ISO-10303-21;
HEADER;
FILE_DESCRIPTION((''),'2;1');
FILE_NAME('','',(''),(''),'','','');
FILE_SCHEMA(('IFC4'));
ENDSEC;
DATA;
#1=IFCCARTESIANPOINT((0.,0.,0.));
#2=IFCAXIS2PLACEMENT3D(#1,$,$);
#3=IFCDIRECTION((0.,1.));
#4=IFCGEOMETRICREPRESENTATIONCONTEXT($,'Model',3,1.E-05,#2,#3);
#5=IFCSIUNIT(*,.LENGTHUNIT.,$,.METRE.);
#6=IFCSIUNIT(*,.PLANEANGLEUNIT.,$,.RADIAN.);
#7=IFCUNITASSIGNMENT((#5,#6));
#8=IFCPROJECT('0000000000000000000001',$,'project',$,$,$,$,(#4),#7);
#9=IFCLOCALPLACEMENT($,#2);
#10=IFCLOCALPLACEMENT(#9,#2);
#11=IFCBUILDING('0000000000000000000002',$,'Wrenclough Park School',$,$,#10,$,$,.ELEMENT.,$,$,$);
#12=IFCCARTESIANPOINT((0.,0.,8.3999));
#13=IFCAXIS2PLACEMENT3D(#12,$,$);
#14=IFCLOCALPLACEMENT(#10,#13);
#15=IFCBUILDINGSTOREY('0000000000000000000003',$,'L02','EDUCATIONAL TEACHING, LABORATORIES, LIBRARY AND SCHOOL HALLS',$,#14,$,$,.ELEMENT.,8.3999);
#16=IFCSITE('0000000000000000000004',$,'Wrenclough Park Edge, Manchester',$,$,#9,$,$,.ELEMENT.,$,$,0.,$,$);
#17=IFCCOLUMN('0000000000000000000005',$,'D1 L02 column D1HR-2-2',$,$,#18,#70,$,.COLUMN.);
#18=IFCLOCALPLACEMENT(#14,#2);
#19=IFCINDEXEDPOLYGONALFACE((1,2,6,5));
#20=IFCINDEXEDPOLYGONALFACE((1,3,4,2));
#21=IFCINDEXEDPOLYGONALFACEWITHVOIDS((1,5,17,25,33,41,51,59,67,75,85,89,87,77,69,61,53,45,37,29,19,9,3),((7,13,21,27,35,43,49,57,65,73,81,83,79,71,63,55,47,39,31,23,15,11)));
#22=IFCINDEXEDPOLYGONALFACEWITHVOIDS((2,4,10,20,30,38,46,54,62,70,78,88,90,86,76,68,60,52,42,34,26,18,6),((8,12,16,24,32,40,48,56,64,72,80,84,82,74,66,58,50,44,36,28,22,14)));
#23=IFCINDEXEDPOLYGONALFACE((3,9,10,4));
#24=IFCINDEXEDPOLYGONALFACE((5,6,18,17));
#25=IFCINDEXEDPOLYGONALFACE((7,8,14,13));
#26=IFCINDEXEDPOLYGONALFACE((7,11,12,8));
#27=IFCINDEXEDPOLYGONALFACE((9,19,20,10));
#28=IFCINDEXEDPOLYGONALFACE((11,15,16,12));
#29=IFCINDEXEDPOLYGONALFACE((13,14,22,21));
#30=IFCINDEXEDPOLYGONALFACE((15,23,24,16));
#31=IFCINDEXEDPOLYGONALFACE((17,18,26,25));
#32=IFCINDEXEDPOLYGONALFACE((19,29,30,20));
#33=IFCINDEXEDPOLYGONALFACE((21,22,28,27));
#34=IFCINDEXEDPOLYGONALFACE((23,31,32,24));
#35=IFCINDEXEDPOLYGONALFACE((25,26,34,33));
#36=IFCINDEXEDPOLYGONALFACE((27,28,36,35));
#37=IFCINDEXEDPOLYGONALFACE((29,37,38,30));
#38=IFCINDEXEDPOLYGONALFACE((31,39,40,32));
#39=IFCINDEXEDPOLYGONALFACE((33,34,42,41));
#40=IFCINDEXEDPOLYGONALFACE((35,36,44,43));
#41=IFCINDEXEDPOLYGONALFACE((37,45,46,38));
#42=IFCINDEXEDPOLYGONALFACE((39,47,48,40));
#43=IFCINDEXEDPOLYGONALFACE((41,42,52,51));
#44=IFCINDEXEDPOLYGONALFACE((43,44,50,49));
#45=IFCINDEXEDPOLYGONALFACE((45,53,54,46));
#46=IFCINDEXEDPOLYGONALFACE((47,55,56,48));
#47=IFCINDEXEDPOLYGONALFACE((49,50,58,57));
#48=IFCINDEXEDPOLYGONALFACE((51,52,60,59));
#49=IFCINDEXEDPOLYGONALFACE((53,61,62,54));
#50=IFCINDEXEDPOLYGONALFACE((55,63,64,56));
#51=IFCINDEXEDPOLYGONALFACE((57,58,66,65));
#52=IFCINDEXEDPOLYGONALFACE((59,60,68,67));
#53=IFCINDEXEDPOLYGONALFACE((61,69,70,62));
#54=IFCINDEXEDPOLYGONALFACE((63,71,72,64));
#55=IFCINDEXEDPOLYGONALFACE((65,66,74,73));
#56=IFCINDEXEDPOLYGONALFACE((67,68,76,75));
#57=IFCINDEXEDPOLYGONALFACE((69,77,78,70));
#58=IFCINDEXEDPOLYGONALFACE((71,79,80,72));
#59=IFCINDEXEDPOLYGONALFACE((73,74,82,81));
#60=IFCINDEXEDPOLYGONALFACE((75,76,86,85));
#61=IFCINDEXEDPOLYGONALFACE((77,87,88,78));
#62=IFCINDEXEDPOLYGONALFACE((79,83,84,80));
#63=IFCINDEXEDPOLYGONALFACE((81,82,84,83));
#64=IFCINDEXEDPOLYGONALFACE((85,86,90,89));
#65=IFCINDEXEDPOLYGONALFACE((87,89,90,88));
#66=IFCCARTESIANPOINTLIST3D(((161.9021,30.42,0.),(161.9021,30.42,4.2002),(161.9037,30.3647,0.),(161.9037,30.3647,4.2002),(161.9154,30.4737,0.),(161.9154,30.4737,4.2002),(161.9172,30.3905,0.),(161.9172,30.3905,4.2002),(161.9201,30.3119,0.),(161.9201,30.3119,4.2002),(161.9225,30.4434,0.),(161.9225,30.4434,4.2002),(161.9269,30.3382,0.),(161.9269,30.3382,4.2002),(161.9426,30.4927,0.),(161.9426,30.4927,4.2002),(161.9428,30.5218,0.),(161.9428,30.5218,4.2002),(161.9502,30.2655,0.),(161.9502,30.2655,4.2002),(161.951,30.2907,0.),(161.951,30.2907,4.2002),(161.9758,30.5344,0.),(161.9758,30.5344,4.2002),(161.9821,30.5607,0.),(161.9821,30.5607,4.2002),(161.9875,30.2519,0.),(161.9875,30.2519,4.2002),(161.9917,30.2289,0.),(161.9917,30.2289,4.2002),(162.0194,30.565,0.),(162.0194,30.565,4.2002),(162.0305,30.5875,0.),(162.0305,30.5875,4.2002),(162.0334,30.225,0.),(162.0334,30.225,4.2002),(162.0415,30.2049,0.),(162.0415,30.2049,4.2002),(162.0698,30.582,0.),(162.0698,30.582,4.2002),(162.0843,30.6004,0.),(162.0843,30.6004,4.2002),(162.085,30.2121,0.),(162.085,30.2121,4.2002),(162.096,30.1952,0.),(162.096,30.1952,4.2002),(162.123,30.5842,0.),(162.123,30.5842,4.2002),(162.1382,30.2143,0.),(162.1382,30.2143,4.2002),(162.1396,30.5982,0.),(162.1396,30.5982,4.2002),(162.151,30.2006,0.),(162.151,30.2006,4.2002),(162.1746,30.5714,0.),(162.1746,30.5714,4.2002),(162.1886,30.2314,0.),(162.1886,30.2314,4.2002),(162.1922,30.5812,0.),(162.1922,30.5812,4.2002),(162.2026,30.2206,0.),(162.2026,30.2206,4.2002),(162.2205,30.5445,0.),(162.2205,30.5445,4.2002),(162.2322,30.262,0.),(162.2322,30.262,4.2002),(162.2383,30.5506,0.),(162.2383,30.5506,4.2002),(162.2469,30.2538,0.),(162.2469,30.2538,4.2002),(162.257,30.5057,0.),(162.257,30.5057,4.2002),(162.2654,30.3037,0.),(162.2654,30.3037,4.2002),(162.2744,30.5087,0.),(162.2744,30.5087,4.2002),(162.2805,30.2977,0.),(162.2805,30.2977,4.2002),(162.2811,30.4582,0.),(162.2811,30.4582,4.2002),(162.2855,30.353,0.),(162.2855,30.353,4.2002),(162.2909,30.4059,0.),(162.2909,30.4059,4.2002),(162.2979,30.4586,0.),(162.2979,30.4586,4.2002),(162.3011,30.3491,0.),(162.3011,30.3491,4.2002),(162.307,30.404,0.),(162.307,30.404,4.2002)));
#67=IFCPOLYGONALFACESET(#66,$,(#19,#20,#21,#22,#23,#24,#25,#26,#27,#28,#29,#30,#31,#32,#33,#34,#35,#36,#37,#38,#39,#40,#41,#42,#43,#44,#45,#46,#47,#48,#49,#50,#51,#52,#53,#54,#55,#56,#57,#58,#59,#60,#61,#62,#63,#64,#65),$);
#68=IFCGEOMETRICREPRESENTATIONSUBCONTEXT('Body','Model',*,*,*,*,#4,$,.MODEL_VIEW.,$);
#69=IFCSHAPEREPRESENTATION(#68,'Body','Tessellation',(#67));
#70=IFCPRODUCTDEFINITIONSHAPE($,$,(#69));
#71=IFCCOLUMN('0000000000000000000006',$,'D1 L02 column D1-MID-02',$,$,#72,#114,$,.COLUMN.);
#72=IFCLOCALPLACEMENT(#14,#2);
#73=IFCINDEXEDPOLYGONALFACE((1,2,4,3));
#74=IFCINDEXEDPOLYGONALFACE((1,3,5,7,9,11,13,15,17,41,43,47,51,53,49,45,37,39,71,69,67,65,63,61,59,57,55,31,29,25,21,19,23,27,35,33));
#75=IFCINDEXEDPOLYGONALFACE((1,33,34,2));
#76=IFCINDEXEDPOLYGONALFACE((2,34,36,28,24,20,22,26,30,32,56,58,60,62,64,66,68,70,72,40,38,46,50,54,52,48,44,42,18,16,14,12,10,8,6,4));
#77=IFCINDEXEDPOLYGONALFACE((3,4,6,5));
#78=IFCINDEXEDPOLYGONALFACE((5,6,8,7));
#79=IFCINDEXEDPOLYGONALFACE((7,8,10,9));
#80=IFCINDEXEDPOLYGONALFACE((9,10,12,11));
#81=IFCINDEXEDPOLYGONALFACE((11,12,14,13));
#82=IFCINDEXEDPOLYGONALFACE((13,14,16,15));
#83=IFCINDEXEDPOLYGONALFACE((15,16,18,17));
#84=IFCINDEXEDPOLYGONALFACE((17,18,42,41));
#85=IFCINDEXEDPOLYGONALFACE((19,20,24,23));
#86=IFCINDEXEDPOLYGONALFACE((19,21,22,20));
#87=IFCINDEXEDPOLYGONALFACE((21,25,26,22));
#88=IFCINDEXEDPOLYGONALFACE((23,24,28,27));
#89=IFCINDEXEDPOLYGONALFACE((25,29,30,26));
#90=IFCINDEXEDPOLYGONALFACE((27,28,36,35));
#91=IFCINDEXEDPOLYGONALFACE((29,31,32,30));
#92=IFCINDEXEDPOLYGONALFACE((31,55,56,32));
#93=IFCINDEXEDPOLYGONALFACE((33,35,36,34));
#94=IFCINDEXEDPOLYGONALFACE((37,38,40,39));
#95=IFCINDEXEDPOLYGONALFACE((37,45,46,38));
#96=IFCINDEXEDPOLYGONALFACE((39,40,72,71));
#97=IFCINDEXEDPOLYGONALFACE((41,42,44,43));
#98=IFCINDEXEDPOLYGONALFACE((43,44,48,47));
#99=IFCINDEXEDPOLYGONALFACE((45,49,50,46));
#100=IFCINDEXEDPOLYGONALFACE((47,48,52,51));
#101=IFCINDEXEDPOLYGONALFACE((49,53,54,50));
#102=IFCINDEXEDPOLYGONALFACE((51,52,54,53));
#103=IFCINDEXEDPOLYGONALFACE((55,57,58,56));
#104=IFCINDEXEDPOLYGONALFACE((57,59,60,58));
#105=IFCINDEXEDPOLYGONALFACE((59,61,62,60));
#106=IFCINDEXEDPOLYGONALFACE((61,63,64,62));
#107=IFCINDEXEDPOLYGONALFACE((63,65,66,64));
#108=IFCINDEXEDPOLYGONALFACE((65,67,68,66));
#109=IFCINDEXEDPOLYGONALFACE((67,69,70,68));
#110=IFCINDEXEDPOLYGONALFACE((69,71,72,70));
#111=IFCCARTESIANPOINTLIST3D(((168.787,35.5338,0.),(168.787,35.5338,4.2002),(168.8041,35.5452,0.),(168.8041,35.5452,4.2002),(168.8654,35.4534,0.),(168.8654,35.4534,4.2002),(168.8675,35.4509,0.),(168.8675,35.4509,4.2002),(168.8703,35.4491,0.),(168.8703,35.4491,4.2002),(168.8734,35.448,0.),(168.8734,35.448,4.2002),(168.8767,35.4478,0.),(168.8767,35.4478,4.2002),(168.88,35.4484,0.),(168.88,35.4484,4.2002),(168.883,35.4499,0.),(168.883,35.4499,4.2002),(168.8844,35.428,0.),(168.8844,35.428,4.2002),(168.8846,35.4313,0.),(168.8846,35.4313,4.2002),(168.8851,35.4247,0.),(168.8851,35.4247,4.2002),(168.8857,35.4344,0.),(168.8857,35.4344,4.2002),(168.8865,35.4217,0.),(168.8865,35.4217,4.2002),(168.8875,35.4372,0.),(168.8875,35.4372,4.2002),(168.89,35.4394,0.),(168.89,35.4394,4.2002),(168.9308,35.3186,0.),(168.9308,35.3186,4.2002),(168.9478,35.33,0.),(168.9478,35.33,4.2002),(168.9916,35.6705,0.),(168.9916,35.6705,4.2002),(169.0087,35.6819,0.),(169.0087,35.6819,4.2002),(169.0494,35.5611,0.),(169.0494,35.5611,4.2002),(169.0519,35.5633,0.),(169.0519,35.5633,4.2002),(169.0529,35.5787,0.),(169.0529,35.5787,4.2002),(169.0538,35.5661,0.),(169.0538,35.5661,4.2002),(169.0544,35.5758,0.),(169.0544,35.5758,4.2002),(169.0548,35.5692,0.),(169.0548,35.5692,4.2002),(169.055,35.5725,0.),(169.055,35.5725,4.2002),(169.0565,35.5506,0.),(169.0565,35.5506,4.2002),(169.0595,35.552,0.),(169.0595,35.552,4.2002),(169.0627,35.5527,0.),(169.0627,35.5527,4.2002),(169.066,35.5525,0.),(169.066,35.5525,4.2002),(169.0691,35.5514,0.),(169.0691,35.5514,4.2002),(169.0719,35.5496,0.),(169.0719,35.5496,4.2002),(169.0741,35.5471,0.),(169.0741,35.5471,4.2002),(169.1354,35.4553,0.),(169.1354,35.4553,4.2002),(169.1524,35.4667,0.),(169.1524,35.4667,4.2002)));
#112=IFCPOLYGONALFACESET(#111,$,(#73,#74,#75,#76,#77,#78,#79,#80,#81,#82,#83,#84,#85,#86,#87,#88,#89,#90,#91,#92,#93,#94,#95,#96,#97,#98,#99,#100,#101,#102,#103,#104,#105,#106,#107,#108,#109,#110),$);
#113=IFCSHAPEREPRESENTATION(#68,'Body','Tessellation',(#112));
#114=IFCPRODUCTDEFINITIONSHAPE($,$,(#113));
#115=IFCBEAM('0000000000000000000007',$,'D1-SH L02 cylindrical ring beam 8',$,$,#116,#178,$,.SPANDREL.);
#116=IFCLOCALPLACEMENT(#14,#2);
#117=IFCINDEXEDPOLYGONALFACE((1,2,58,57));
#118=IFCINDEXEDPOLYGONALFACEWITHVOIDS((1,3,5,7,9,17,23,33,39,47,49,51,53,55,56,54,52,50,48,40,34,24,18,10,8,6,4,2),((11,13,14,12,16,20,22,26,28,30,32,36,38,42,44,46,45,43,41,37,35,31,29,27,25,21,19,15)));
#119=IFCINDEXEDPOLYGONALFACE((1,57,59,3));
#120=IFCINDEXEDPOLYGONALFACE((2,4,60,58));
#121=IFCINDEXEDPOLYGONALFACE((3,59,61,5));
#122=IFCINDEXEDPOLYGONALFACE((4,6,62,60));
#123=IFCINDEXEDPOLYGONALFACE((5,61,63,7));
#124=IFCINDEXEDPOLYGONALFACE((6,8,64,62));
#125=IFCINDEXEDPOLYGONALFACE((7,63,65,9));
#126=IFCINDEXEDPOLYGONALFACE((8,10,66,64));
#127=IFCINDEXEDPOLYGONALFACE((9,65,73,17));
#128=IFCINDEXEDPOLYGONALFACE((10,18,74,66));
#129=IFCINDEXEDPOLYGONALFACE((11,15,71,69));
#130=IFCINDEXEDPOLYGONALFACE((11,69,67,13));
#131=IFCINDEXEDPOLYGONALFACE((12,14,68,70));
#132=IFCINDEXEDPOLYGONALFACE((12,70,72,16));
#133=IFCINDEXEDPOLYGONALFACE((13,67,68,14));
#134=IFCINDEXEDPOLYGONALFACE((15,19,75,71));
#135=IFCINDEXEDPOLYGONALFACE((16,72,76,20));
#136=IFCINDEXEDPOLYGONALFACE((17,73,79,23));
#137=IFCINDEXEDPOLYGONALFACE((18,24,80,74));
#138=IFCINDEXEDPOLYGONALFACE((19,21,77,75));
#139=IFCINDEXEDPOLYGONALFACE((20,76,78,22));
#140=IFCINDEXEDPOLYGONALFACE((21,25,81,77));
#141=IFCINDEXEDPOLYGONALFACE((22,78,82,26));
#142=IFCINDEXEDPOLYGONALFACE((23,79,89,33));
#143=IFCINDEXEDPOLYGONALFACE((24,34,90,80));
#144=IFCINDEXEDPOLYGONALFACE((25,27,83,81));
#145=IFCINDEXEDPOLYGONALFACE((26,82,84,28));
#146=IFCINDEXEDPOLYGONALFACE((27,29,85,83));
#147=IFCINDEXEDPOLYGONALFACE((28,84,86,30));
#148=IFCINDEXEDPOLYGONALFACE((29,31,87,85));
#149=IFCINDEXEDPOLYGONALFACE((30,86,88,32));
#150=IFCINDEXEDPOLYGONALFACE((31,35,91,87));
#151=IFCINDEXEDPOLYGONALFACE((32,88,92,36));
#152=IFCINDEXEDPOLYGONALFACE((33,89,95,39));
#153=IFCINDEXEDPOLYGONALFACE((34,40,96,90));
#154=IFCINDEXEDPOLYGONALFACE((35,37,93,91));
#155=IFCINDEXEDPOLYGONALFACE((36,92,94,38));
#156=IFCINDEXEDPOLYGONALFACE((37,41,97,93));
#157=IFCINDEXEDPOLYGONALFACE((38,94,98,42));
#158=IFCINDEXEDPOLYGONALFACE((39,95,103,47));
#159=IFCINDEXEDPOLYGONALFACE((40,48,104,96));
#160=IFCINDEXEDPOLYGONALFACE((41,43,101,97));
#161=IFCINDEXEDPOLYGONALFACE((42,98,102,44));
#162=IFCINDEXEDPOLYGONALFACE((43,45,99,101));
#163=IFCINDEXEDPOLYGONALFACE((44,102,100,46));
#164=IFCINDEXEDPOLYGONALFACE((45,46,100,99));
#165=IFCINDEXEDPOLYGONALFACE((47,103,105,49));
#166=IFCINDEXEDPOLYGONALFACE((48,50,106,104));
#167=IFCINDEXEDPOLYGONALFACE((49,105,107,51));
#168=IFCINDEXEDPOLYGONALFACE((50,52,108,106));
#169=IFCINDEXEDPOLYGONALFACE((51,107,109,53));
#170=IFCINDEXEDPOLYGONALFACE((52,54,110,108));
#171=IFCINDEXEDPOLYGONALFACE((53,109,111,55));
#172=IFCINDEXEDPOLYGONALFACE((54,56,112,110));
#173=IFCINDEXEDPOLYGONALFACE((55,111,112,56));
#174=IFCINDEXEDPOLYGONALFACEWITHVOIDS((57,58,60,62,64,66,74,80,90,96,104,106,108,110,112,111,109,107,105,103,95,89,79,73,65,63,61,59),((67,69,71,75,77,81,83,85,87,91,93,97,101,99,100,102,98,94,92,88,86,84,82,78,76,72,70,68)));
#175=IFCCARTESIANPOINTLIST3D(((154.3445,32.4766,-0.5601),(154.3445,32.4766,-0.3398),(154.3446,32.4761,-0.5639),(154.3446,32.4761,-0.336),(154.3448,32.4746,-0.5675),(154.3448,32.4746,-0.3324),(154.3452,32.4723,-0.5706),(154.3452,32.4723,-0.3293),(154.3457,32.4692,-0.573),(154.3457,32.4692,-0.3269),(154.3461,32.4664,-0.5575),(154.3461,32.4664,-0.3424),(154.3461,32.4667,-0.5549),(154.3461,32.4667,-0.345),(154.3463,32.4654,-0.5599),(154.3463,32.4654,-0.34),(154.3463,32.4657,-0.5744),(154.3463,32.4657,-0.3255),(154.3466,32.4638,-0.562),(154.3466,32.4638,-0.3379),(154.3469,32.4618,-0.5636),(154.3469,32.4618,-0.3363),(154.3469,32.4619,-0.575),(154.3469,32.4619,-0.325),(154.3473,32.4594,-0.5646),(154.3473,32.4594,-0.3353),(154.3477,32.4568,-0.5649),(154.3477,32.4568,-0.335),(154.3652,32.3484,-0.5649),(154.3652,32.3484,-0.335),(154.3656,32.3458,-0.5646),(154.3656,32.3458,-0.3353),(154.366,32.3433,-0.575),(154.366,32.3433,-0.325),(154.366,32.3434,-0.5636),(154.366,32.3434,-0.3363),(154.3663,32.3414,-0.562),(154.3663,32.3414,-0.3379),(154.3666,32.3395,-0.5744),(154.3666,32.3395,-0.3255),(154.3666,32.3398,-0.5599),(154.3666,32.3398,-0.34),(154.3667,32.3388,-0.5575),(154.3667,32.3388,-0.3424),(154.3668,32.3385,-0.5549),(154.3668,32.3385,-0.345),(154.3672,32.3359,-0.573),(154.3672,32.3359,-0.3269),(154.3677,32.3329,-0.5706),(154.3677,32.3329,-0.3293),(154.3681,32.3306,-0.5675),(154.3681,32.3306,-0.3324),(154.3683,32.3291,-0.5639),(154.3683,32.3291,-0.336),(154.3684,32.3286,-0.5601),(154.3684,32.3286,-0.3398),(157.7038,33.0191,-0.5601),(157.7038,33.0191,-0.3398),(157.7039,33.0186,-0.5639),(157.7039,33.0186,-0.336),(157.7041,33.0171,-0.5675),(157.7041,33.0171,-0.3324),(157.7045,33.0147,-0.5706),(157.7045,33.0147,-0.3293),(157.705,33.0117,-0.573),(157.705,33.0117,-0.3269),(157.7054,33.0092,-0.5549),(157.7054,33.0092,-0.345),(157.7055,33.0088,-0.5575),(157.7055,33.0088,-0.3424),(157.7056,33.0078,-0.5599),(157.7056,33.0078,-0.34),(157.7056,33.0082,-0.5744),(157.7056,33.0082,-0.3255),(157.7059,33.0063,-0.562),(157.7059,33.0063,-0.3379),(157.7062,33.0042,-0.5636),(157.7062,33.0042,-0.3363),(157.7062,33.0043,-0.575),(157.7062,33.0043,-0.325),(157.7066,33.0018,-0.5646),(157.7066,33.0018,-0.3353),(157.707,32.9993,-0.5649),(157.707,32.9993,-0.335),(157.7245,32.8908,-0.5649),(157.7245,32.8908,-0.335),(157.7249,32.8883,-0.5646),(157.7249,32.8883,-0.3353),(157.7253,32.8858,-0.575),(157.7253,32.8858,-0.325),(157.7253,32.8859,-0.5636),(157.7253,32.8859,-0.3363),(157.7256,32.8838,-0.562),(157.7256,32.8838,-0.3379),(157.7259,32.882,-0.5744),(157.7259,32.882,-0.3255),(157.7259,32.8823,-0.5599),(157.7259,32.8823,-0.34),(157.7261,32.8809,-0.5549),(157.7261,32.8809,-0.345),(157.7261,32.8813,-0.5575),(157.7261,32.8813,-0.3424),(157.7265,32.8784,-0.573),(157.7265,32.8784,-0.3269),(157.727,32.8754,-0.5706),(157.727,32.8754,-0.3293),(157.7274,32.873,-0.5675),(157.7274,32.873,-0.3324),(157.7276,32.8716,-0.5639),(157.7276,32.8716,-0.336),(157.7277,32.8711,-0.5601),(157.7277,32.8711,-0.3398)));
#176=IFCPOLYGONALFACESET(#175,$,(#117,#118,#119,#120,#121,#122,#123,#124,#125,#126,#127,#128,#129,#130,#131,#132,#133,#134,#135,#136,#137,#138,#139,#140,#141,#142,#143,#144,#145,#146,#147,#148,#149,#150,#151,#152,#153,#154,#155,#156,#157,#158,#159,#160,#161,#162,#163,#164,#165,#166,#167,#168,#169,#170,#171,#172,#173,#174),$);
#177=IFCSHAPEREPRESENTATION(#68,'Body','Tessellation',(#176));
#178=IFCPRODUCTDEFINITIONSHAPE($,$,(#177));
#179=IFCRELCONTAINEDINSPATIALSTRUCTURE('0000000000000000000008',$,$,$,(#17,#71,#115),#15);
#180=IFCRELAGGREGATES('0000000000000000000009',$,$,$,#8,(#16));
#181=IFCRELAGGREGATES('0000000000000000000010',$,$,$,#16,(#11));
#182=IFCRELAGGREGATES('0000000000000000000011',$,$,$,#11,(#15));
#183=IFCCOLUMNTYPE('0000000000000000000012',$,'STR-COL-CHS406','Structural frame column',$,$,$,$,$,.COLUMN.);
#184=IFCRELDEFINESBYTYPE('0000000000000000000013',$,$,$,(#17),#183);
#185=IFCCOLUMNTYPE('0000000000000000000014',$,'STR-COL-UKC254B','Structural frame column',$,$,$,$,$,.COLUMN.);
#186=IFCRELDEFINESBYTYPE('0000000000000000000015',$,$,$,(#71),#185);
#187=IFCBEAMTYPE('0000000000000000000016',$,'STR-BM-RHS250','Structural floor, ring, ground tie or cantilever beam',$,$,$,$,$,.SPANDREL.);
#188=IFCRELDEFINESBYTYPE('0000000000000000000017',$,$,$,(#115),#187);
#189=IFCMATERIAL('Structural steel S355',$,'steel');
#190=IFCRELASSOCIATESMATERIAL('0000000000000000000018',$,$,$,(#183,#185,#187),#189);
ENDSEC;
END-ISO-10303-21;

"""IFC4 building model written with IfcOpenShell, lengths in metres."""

from ifc_helpers import new_model, si_unit, direction, frame, origin, origin_2d, place, context, subcontext, project, spatial, hollow_rectangle, hollow_circle, i_section, extrude, material, material_profile, profile_set, type_object, element, save


model = new_model("IFC4")

# Units and contexts
model_context = context("Model", 3, precision=1e-05, world=origin(), true_north=direction((0.0, 1.0)))
body_context = subcontext(model_context, "Body", "Model", "MODEL_VIEW")
ifc_project = project(units=[si_unit("LENGTHUNIT", "METRE"), si_unit("PLANEANGLEUNIT", "RADIAN")], contexts=[model_context])

# Site, building, storey
site_placement = place(None, origin())
site = spatial("IfcSite", under=ifc_project, at=site_placement, Name="Wrenclough Park Edge, Manchester", CompositionType="ELEMENT", RefElevation=0.0)
building_placement = place(site_placement, origin())
building = spatial("IfcBuilding", under=site, at=building_placement, Name="Wrenclough Park School", CompositionType="ELEMENT")
storey_placement = place(building_placement, frame((0.0, 0.0, 8.3999)))
storey = spatial("IfcBuildingStorey", under=building, at=storey_placement, Name="L02", Description="EDUCATIONAL TEACHING, LABORATORIES, LIBRARY AND SCHOOL HALLS", CompositionType="ELEMENT", Elevation=8.3999)

# Columns
ifc_material_1 = material(Name="Structural steel S355", Category="steel")
ifc_material_profile_1 = material_profile(ifc_material_1, hollow_circle(Radius=0.2031, WallThickness=0.0161, at=origin_2d()), Name="CHS 406.4x16.0")
ifc_profile_set_1 = profile_set([ifc_material_profile_1], Name="Structural steel S355")
column_type_1 = type_object("IfcColumnType", Name="STR-COL-CHS406", Description="Structural frame column", PredefinedType="COLUMN", material=ifc_profile_set_1)
for number, where, z_axis, x_axis, name in (
    (1, (162.104, 30.3982, 0.0), (0.0, 0.0, 1.0), (0.970296, -0.241922, 0.0), "D1 L02 column D1HR-2-2"),
):
    element("IfcColumn", number, at=place(storey_placement, frame(where, z_axis=z_axis, x_axis=x_axis)), inside=storey, type_object=column_type_1, Name=name, PredefinedType="COLUMN", context=body_context, shape_type="SweptSolid", body=[
        extrude(hollow_circle(Radius=0.2031, WallThickness=0.0161, at=origin_2d()), origin(), (0.0, 0.0, 1.0), 4.2002),
    ])
ifc_material_profile_2 = material_profile(ifc_material_1, i_section(OverallWidth=0.2588, OverallDepth=0.2666, WebThickness=0.0127, FlangeThickness=0.0205, FilletRadius=0.0127, at=origin_2d()), Name="UKC 254x254x107")
ifc_profile_set_2 = profile_set([ifc_material_profile_2], Name="Structural steel S355")
column_type_2 = type_object("IfcColumnType", Name="STR-COL-UKC254B", Description="Structural frame column", PredefinedType="COLUMN", material=ifc_profile_set_2)
column_placement = place(storey_placement, frame((168.9697, 35.5002, 0.0), z_axis=(0.0, 0.0, 1.0), x_axis=(-0.55557, 0.83147, 0.0)))
element("IfcColumn", 2, at=column_placement, inside=storey, type_object=column_type_2, Name="D1 L02 column D1-MID-02", PredefinedType="COLUMN", context=body_context, shape_type="SweptSolid", body=[
    extrude(i_section(OverallWidth=0.2588, OverallDepth=0.2666, WebThickness=0.0127, FlangeThickness=0.0205, FilletRadius=0.0127, at=origin_2d()), origin(), (0.0, 0.0, 1.0), 4.2002),
])

# Beam
ifc_material_profile_3 = material_profile(ifc_material_1, hollow_rectangle(XDim=0.1499, YDim=0.25, WallThickness=0.01, InnerFilletRadius=0.01, OuterFilletRadius=0.0149, at=origin_2d()), Name="RHS 250x150x10.0")
ifc_profile_set_3 = profile_set([ifc_material_profile_3], Name="Structural steel S355")
beam_type_1 = type_object("IfcBeamType", Name="STR-BM-RHS250", Description="Structural floor, ring, ground tie or cantilever beam", PredefinedType="SPANDREL", material=ifc_profile_set_3)
beam_1_placement = place(storey_placement, frame((154.3564, 32.4026, -0.45), z_axis=(0.987211, 0.159417, 0.0), x_axis=(-0.159417, 0.987211, 0.0)))
element("IfcBeam", 3, at=beam_1_placement, inside=storey, type_object=beam_type_1, Name="D1-SH L02 cylindrical ring beam 8", PredefinedType="SPANDREL", context=body_context, shape_type="SweptSolid", body=[
    extrude(hollow_rectangle(XDim=0.1499, YDim=0.25, WallThickness=0.01, InnerFilletRadius=0.01, OuterFilletRadius=0.0149, at=origin_2d()), origin(), (0.0, 0.0, 1.0), 3.4028),
])

save(model, "model.ifc")
